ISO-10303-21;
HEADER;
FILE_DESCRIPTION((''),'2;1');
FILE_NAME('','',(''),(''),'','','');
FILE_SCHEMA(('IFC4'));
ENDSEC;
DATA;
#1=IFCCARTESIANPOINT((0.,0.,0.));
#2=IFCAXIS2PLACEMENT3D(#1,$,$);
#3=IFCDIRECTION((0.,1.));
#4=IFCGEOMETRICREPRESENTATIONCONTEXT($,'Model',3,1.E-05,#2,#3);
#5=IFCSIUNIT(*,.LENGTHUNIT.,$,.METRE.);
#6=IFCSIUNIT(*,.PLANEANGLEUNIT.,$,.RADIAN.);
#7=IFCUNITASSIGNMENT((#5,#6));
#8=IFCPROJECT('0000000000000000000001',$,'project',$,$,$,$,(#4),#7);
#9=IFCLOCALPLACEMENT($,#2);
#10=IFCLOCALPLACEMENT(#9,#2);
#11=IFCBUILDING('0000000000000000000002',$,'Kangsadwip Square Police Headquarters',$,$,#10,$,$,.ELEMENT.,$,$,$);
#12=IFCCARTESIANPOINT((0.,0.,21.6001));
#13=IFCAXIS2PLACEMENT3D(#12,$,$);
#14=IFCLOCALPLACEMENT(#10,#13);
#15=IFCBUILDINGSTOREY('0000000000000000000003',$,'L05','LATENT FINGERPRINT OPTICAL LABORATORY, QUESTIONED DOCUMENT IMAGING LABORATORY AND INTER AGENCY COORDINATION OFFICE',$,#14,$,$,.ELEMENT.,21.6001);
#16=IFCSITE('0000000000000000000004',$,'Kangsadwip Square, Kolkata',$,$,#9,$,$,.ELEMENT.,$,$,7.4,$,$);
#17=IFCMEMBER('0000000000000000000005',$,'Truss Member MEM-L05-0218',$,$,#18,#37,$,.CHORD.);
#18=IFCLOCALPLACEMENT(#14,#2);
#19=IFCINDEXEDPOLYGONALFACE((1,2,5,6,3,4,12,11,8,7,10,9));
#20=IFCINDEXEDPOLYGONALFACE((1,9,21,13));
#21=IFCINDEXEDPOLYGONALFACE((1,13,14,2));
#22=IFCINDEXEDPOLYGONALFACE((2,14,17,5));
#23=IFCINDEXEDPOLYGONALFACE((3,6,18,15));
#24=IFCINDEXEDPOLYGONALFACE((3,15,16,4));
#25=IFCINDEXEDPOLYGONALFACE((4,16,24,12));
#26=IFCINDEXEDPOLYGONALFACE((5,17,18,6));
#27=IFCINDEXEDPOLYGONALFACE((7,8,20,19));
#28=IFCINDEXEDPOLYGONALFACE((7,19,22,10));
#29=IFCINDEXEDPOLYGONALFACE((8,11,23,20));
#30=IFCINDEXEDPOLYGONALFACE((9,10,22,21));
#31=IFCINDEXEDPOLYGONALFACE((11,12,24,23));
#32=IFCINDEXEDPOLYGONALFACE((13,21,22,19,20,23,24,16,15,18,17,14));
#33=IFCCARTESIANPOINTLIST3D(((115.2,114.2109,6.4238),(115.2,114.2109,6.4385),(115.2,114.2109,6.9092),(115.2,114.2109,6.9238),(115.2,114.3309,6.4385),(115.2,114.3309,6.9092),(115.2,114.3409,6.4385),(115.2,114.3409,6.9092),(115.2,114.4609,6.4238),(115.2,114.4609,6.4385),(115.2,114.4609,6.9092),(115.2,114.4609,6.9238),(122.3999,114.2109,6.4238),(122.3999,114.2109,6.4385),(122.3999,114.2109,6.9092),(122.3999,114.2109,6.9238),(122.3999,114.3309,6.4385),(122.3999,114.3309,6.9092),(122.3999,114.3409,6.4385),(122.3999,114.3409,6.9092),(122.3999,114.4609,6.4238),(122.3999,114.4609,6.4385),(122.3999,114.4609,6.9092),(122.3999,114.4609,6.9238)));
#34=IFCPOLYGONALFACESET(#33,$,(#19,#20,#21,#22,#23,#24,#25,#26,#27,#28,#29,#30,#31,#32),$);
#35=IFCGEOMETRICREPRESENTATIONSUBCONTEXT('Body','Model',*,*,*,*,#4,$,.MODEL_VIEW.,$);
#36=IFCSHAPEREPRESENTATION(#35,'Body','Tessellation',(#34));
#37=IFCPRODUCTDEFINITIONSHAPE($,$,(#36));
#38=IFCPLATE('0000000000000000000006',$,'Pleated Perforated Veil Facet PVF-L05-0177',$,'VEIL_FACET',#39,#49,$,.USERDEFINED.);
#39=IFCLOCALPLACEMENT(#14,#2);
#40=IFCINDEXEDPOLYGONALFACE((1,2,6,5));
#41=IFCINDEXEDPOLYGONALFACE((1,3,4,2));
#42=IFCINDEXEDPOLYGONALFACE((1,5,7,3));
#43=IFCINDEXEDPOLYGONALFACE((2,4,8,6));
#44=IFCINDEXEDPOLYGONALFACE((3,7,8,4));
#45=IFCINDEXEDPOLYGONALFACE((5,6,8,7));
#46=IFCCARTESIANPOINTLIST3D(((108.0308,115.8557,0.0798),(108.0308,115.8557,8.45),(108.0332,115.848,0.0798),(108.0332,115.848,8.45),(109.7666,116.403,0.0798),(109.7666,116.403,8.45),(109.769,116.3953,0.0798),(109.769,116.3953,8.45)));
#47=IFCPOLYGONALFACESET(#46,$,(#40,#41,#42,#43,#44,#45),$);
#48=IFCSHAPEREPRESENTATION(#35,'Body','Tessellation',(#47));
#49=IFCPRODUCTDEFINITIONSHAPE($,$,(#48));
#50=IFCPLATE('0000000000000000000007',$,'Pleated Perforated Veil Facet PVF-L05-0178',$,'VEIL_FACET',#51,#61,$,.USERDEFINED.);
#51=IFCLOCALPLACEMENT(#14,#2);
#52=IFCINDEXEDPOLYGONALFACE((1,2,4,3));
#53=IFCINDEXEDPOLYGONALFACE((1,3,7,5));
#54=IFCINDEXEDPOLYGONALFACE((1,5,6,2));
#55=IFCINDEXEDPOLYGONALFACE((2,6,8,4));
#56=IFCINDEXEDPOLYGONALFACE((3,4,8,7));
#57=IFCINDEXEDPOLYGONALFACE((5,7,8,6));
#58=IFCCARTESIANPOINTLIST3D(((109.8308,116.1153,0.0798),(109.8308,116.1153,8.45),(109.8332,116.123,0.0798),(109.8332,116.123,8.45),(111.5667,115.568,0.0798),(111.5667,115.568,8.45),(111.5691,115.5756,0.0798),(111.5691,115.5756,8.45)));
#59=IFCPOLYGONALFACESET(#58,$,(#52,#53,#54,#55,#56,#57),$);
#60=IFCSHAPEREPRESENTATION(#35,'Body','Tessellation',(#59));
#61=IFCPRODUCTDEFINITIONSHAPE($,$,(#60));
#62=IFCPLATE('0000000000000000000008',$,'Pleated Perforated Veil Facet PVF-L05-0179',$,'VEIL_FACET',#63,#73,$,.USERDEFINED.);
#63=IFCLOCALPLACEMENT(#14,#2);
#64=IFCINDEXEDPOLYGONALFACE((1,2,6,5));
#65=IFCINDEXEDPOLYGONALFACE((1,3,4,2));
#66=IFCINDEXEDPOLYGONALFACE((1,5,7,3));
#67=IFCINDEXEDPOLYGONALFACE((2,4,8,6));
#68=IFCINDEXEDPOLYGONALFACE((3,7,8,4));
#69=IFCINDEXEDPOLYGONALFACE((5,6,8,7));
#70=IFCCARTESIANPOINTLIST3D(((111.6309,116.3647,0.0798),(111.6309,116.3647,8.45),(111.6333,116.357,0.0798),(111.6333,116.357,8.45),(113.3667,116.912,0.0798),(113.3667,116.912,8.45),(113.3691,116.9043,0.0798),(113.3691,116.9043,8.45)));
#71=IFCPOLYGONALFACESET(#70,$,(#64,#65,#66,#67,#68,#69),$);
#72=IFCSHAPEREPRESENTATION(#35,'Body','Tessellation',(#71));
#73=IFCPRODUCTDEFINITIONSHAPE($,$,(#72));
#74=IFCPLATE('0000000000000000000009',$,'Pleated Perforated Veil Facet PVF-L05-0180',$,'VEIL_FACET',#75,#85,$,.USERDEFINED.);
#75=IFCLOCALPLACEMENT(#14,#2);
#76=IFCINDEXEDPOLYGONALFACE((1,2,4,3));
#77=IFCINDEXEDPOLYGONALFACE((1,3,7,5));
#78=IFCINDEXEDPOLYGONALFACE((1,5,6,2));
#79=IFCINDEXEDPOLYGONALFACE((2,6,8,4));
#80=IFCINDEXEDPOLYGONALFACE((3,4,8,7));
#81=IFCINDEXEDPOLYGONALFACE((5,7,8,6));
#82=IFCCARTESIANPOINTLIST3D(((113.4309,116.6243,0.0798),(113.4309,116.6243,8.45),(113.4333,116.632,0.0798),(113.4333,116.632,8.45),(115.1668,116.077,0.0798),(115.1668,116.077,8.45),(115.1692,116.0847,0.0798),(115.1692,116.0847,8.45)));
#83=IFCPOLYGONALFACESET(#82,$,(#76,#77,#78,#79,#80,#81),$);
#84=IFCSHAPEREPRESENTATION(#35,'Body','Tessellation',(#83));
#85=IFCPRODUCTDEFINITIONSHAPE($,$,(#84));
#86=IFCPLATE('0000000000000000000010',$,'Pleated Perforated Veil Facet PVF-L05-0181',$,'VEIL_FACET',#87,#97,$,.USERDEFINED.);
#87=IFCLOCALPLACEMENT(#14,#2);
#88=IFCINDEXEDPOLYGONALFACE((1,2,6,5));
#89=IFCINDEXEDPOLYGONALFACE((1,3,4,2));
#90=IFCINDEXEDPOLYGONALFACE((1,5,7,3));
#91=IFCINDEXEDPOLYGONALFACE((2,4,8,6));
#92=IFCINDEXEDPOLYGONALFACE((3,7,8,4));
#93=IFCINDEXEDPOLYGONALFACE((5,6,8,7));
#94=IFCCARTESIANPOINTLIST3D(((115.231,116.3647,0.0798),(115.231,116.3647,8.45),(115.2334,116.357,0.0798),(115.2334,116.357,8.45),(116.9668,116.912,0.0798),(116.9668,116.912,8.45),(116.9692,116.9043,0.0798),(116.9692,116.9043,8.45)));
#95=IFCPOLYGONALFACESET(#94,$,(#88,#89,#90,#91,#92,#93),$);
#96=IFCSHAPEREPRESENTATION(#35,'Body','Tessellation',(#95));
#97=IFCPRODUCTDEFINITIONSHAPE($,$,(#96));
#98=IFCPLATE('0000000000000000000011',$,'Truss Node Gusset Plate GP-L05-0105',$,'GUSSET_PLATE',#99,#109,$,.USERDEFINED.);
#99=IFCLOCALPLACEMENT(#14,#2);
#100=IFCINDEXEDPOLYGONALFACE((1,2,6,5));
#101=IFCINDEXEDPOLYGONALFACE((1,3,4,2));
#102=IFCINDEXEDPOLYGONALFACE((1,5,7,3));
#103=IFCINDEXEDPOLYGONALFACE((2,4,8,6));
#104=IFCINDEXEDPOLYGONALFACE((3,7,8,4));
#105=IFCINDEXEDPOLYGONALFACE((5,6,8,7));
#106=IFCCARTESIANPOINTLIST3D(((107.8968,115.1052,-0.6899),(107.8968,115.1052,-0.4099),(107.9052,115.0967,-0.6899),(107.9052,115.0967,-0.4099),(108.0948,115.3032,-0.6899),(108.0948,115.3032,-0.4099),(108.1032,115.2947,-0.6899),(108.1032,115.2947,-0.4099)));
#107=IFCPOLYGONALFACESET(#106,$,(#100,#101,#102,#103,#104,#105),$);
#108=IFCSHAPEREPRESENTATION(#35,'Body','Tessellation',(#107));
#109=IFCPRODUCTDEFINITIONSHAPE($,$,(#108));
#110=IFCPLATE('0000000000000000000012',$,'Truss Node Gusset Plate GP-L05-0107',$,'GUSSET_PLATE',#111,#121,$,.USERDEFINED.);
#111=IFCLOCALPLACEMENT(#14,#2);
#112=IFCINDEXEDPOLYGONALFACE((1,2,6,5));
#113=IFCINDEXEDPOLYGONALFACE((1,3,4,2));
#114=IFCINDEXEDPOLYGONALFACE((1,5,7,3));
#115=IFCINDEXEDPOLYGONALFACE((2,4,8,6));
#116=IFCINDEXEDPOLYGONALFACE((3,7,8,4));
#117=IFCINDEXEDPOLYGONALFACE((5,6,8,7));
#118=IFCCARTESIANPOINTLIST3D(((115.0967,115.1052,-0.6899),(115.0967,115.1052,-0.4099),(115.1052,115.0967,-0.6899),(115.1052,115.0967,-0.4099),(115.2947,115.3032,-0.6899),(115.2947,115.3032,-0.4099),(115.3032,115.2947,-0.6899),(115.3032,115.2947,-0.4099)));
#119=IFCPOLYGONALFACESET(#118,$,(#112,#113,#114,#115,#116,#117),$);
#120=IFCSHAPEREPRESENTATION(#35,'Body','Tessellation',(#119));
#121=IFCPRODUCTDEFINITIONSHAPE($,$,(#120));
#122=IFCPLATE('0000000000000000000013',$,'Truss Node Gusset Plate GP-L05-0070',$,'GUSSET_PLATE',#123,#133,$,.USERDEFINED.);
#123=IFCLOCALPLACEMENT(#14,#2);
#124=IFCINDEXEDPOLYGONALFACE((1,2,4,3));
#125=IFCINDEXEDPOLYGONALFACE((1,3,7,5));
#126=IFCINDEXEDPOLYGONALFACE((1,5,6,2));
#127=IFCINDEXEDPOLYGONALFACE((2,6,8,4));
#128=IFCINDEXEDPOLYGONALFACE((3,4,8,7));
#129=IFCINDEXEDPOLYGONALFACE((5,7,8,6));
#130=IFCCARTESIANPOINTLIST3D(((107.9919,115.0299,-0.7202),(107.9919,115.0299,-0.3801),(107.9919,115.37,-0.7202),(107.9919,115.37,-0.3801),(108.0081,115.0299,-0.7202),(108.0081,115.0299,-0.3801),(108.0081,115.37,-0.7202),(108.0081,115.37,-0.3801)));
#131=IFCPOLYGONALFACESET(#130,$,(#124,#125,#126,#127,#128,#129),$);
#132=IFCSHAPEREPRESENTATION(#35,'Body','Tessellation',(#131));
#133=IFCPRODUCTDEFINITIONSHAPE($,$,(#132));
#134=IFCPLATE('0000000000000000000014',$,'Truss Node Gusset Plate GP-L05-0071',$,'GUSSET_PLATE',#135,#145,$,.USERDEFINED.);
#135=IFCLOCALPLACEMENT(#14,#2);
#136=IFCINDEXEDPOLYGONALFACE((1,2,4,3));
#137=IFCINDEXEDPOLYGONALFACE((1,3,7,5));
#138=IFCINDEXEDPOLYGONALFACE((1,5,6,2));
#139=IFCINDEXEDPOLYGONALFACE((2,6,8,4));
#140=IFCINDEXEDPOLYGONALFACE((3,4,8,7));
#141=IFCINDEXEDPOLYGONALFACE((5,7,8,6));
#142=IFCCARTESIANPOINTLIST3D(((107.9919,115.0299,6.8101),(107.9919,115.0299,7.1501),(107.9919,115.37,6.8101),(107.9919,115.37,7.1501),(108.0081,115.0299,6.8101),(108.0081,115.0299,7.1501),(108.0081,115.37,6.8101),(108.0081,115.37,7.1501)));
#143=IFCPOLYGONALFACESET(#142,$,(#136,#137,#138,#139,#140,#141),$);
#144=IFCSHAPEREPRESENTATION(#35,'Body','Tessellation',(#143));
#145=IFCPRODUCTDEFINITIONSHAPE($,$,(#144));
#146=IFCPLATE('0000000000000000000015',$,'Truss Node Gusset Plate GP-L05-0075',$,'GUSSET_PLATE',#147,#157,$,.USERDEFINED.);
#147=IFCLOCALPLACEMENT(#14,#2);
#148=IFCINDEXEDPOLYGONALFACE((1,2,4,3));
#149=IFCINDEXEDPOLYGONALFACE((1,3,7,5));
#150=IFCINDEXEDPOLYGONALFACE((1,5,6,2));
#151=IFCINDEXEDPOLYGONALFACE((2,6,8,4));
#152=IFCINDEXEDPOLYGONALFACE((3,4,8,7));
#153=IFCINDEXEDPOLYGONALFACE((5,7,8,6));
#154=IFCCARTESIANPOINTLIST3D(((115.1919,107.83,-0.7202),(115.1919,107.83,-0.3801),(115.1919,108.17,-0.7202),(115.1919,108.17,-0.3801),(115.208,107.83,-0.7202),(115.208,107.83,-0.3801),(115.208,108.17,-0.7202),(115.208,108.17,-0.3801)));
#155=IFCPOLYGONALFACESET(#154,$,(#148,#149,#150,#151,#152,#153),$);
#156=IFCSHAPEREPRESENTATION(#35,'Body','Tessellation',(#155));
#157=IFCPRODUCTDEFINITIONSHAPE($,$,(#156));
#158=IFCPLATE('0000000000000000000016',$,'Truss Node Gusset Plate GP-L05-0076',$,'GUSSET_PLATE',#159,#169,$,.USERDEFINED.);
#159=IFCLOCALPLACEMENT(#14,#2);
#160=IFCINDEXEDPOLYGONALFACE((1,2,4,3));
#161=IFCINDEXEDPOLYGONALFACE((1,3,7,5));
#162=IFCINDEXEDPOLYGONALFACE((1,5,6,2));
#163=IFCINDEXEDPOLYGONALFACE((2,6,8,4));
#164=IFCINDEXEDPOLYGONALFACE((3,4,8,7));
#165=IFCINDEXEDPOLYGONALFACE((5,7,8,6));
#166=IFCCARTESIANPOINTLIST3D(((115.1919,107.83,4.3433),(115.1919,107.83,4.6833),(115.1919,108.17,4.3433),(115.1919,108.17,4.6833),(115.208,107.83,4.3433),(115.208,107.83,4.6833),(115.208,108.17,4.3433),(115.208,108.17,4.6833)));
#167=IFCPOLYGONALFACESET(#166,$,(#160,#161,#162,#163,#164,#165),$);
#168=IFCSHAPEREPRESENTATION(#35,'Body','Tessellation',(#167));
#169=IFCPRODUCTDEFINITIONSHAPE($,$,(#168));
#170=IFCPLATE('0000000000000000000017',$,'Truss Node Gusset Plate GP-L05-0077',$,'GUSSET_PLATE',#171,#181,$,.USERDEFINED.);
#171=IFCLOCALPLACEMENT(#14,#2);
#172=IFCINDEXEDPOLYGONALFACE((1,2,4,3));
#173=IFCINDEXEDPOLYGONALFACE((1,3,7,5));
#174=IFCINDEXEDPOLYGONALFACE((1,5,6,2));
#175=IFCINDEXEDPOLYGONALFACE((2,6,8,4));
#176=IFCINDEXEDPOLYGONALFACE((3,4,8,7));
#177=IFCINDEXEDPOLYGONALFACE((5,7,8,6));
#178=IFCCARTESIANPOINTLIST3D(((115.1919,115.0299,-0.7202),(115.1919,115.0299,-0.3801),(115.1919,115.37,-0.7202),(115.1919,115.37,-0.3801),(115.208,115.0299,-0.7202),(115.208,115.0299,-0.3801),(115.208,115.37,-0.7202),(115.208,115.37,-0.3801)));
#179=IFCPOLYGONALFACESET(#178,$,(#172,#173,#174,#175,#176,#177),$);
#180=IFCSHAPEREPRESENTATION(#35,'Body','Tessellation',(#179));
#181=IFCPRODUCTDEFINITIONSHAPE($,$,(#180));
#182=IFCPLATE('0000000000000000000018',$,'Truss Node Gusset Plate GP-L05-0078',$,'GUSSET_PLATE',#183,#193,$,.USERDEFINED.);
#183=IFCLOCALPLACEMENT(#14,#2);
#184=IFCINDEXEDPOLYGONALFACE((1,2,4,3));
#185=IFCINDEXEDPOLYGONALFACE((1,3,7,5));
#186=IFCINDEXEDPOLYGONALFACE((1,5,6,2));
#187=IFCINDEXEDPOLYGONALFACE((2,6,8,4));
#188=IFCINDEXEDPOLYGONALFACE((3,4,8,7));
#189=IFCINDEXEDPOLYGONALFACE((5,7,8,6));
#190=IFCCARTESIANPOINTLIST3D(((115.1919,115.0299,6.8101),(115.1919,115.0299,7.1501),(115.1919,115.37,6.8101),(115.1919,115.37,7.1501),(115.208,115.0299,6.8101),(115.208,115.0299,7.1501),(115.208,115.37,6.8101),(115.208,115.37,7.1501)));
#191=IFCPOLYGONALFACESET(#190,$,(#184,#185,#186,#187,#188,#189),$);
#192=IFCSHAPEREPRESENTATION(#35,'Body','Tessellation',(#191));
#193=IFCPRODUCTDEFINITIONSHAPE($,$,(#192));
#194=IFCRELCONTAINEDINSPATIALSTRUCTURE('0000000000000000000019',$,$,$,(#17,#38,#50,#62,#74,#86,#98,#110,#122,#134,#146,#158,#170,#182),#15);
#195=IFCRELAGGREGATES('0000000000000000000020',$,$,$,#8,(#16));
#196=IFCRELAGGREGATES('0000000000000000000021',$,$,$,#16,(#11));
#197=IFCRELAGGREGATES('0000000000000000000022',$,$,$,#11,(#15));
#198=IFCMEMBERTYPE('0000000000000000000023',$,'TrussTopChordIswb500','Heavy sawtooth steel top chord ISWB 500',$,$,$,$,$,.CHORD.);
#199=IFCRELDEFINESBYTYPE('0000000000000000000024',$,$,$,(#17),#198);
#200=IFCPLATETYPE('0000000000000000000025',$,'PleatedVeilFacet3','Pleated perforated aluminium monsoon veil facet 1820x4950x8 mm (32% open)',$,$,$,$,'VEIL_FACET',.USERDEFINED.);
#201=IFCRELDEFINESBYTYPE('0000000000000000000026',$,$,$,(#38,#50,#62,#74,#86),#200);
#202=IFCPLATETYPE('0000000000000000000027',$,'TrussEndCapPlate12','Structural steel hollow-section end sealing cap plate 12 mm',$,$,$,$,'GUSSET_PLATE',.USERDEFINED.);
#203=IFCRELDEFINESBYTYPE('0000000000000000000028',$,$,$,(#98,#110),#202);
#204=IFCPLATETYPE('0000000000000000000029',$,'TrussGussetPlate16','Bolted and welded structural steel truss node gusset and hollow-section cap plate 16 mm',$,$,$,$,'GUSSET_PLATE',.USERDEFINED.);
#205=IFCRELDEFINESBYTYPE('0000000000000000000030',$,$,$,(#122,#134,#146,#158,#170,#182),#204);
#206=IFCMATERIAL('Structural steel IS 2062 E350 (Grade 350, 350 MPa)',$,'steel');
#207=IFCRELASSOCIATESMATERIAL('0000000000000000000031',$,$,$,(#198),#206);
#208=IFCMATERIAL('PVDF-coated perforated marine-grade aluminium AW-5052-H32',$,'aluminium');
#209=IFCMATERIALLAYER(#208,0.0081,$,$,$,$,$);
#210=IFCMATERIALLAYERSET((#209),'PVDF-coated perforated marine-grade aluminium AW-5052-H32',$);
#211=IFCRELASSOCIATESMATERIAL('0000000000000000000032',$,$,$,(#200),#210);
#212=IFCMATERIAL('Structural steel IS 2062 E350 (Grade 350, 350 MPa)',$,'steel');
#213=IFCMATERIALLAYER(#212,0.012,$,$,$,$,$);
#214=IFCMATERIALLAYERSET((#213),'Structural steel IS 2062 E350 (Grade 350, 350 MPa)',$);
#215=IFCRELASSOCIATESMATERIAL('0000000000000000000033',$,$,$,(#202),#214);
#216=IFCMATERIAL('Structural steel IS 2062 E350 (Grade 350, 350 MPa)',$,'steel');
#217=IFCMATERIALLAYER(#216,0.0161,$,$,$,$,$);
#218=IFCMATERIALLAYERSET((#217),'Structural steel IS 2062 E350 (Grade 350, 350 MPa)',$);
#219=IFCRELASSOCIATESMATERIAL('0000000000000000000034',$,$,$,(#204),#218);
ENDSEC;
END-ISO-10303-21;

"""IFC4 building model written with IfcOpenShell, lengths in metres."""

from ifc_helpers import new_model, si_unit, direction, frame, origin, origin_2d, place, context, subcontext, project, spatial, rectangle, i_section, extrude, material, layer, layer_set, material_profile, profile_set, type_object, element, save


model = new_model("IFC4")

# Units and contexts
model_context = context("Model", 3, precision=1e-05, world=origin(), true_north=direction((0.0, 1.0)))
body_context = subcontext(model_context, "Body", "Model", "MODEL_VIEW")
ifc_project = project(units=[si_unit("LENGTHUNIT", "METRE"), si_unit("PLANEANGLEUNIT", "RADIAN")], contexts=[model_context])

# Site, building, storey
site_placement = place(None, origin())
site = spatial("IfcSite", under=ifc_project, at=site_placement, Name="Kangsadwip Square, Kolkata", CompositionType="ELEMENT", RefElevation=7.4)
building_placement = place(site_placement, origin())
building = spatial("IfcBuilding", under=site, at=building_placement, Name="Kangsadwip Square Police Headquarters", CompositionType="ELEMENT")
storey_placement = place(building_placement, frame((0.0, 0.0, 21.6001)))
storey = spatial("IfcBuildingStorey", under=building, at=storey_placement, Name="L05", Description="LATENT FINGERPRINT OPTICAL LABORATORY, QUESTIONED DOCUMENT IMAGING LABORATORY AND INTER AGENCY COORDINATION OFFICE", CompositionType="ELEMENT", Elevation=21.6001)

# Member
ifc_material_1 = material(Name="Structural steel IS 2062 E350 (Grade 350, 350 MPa)", Category="steel")
ifc_material_profile_1 = material_profile(ifc_material_1, i_section(OverallWidth=0.25, OverallDepth=0.5, WebThickness=0.01, FlangeThickness=0.0146, at=origin_2d()), Name="ISWB 500")
ifc_profile_set_1 = profile_set([ifc_material_profile_1], Name="Structural steel IS 2062 E350 (Grade 350, 350 MPa)")
member_type_1 = type_object("IfcMemberType", Name="TrussTopChordIswb500", Description="Heavy sawtooth steel top chord ISWB 500", PredefinedType="CHORD", material=ifc_profile_set_1)
member_1_placement = place(storey_placement, frame((115.2, 114.3359, 6.6738), z_axis=(1.0, 0.0, 0.0), x_axis=(0.0, 1.0, 0.0)))
element("IfcMember", 1, at=member_1_placement, inside=storey, type_object=member_type_1, Name="Truss Member MEM-L05-0218", PredefinedType="CHORD", context=body_context, shape_type="SweptSolid", body=[
    extrude(i_section(OverallWidth=0.25, OverallDepth=0.5, WebThickness=0.01, FlangeThickness=0.0146, at=origin_2d()), origin(), (0.0, 0.0, 1.0), 7.2),
])

# Plates
ifc_material_2 = material(Name="PVDF-coated perforated marine-grade aluminium AW-5052-H32", Category="aluminium")
ifc_layer_1 = layer(ifc_material_2, 0.0081)
ifc_layer_set_1 = layer_set([ifc_layer_1], Name="PVDF-coated perforated marine-grade aluminium AW-5052-H32")
plate_type_1 = type_object("IfcPlateType", Name="PleatedVeilFacet3", Description="Pleated perforated aluminium monsoon veil facet 1820x4950x8 mm (32% open)", ElementType="VEIL_FACET", PredefinedType="USERDEFINED", material=ifc_layer_set_1)
for number, where, z_axis, x_axis, name in (
    (2, (108.8999, 116.1255, 0.0798), (0.0, 0.0, 1.0), (0.953717, 0.300706, 0.0), "Pleated Perforated Veil Facet PVF-L05-0177"),
    (3, (110.7, 115.8455, 0.0798), (0.0, 0.0, 1.0), (0.953717, -0.300706, 0.0), "Pleated Perforated Veil Facet PVF-L05-0178"),
    (4, (112.5, 116.6345, 0.0798), (0.0, 0.0, 1.0), (0.953717, 0.300706, 0.0), "Pleated Perforated Veil Facet PVF-L05-0179"),
    (5, (114.3, 116.3545, 0.0798), (0.0, 0.0, 1.0), (0.953717, -0.300706, 0.0), "Pleated Perforated Veil Facet PVF-L05-0180"),
    (6, (116.1001, 116.6345, 0.0798), (0.0, 0.0, 1.0), (0.953717, 0.300706, 0.0), "Pleated Perforated Veil Facet PVF-L05-0181"),
):
    element("IfcPlate", number, at=place(storey_placement, frame(where, z_axis=z_axis, x_axis=x_axis)), inside=storey, type_object=plate_type_1, Name=name, ObjectType="VEIL_FACET", PredefinedType="USERDEFINED", context=body_context, shape_type="SweptSolid", body=[
        extrude(rectangle(XDim=1.8201, YDim=0.0081, at=origin_2d()), origin(), (0.0, 0.0, 1.0), 8.3701),
    ])
ifc_material_3 = material(Name="Structural steel IS 2062 E350 (Grade 350, 350 MPa)", Category="steel")
ifc_layer_2 = layer(ifc_material_3, 0.012)
ifc_layer_set_2 = layer_set([ifc_layer_2], Name="Structural steel IS 2062 E350 (Grade 350, 350 MPa)")
plate_type_2 = type_object("IfcPlateType", Name="TrussEndCapPlate12", Description="Structural steel hollow-section end sealing cap plate 12 mm", ElementType="GUSSET_PLATE", PredefinedType="USERDEFINED", material=ifc_layer_set_2)
for number, where, z_axis, x_axis, name in (
    (7, (108.0, 115.2, -0.6899), (0.0, 0.0, 1.0), (0.707107, 0.707107, 0.0), "Truss Node Gusset Plate GP-L05-0105"),
    (8, (115.2, 115.2, -0.6899), (0.0, 0.0, 1.0), (0.707107, 0.707107, 0.0), "Truss Node Gusset Plate GP-L05-0107"),
):
    element("IfcPlate", number, at=place(storey_placement, frame(where, z_axis=z_axis, x_axis=x_axis)), inside=storey, type_object=plate_type_2, Name=name, ObjectType="GUSSET_PLATE", PredefinedType="USERDEFINED", context=body_context, shape_type="SweptSolid", body=[
        extrude(rectangle(XDim=0.28, YDim=0.012, at=origin_2d()), origin(), (0.0, 0.0, 1.0), 0.28),
    ])
ifc_material_4 = material(Name="Structural steel IS 2062 E350 (Grade 350, 350 MPa)", Category="steel")
ifc_layer_3 = layer(ifc_material_4, 0.0161)
ifc_layer_set_3 = layer_set([ifc_layer_3], Name="Structural steel IS 2062 E350 (Grade 350, 350 MPa)")
plate_type_3 = type_object("IfcPlateType", Name="TrussGussetPlate16", Description="Bolted and welded structural steel truss node gusset and hollow-section cap plate 16 mm", ElementType="GUSSET_PLATE", PredefinedType="USERDEFINED", material=ifc_layer_set_3)
for number, where, z_axis, x_axis, name in (
    (9, (108.0, 115.2, -0.7202), (0.0, 0.0, 1.0), (0.0, 1.0, 0.0), "Truss Node Gusset Plate GP-L05-0070"),
    (10, (108.0, 115.2, 6.8101), (0.0, 0.0, 1.0), (0.0, 1.0, 0.0), "Truss Node Gusset Plate GP-L05-0071"),
    (11, (115.2, 108.0, -0.7202), (0.0, 0.0, 1.0), (0.0, 1.0, 0.0), "Truss Node Gusset Plate GP-L05-0075"),
    (12, (115.2, 108.0, 4.3433), (0.0, 0.0, 1.0), (0.0, 1.0, 0.0), "Truss Node Gusset Plate GP-L05-0076"),
    (13, (115.2, 115.2, -0.7202), (0.0, 0.0, 1.0), (0.0, 1.0, 0.0), "Truss Node Gusset Plate GP-L05-0077"),
    (14, (115.2, 115.2, 6.8101), (0.0, 0.0, 1.0), (0.0, 1.0, 0.0), "Truss Node Gusset Plate GP-L05-0078"),
):
    element("IfcPlate", number, at=place(storey_placement, frame(where, z_axis=z_axis, x_axis=x_axis)), inside=storey, type_object=plate_type_3, Name=name, ObjectType="GUSSET_PLATE", PredefinedType="USERDEFINED", context=body_context, shape_type="SweptSolid", body=[
        extrude(rectangle(XDim=0.3401, YDim=0.0161, at=origin_2d()), origin(), (0.0, 0.0, 1.0), 0.3401),
    ])

save(model, "model.ifc")
